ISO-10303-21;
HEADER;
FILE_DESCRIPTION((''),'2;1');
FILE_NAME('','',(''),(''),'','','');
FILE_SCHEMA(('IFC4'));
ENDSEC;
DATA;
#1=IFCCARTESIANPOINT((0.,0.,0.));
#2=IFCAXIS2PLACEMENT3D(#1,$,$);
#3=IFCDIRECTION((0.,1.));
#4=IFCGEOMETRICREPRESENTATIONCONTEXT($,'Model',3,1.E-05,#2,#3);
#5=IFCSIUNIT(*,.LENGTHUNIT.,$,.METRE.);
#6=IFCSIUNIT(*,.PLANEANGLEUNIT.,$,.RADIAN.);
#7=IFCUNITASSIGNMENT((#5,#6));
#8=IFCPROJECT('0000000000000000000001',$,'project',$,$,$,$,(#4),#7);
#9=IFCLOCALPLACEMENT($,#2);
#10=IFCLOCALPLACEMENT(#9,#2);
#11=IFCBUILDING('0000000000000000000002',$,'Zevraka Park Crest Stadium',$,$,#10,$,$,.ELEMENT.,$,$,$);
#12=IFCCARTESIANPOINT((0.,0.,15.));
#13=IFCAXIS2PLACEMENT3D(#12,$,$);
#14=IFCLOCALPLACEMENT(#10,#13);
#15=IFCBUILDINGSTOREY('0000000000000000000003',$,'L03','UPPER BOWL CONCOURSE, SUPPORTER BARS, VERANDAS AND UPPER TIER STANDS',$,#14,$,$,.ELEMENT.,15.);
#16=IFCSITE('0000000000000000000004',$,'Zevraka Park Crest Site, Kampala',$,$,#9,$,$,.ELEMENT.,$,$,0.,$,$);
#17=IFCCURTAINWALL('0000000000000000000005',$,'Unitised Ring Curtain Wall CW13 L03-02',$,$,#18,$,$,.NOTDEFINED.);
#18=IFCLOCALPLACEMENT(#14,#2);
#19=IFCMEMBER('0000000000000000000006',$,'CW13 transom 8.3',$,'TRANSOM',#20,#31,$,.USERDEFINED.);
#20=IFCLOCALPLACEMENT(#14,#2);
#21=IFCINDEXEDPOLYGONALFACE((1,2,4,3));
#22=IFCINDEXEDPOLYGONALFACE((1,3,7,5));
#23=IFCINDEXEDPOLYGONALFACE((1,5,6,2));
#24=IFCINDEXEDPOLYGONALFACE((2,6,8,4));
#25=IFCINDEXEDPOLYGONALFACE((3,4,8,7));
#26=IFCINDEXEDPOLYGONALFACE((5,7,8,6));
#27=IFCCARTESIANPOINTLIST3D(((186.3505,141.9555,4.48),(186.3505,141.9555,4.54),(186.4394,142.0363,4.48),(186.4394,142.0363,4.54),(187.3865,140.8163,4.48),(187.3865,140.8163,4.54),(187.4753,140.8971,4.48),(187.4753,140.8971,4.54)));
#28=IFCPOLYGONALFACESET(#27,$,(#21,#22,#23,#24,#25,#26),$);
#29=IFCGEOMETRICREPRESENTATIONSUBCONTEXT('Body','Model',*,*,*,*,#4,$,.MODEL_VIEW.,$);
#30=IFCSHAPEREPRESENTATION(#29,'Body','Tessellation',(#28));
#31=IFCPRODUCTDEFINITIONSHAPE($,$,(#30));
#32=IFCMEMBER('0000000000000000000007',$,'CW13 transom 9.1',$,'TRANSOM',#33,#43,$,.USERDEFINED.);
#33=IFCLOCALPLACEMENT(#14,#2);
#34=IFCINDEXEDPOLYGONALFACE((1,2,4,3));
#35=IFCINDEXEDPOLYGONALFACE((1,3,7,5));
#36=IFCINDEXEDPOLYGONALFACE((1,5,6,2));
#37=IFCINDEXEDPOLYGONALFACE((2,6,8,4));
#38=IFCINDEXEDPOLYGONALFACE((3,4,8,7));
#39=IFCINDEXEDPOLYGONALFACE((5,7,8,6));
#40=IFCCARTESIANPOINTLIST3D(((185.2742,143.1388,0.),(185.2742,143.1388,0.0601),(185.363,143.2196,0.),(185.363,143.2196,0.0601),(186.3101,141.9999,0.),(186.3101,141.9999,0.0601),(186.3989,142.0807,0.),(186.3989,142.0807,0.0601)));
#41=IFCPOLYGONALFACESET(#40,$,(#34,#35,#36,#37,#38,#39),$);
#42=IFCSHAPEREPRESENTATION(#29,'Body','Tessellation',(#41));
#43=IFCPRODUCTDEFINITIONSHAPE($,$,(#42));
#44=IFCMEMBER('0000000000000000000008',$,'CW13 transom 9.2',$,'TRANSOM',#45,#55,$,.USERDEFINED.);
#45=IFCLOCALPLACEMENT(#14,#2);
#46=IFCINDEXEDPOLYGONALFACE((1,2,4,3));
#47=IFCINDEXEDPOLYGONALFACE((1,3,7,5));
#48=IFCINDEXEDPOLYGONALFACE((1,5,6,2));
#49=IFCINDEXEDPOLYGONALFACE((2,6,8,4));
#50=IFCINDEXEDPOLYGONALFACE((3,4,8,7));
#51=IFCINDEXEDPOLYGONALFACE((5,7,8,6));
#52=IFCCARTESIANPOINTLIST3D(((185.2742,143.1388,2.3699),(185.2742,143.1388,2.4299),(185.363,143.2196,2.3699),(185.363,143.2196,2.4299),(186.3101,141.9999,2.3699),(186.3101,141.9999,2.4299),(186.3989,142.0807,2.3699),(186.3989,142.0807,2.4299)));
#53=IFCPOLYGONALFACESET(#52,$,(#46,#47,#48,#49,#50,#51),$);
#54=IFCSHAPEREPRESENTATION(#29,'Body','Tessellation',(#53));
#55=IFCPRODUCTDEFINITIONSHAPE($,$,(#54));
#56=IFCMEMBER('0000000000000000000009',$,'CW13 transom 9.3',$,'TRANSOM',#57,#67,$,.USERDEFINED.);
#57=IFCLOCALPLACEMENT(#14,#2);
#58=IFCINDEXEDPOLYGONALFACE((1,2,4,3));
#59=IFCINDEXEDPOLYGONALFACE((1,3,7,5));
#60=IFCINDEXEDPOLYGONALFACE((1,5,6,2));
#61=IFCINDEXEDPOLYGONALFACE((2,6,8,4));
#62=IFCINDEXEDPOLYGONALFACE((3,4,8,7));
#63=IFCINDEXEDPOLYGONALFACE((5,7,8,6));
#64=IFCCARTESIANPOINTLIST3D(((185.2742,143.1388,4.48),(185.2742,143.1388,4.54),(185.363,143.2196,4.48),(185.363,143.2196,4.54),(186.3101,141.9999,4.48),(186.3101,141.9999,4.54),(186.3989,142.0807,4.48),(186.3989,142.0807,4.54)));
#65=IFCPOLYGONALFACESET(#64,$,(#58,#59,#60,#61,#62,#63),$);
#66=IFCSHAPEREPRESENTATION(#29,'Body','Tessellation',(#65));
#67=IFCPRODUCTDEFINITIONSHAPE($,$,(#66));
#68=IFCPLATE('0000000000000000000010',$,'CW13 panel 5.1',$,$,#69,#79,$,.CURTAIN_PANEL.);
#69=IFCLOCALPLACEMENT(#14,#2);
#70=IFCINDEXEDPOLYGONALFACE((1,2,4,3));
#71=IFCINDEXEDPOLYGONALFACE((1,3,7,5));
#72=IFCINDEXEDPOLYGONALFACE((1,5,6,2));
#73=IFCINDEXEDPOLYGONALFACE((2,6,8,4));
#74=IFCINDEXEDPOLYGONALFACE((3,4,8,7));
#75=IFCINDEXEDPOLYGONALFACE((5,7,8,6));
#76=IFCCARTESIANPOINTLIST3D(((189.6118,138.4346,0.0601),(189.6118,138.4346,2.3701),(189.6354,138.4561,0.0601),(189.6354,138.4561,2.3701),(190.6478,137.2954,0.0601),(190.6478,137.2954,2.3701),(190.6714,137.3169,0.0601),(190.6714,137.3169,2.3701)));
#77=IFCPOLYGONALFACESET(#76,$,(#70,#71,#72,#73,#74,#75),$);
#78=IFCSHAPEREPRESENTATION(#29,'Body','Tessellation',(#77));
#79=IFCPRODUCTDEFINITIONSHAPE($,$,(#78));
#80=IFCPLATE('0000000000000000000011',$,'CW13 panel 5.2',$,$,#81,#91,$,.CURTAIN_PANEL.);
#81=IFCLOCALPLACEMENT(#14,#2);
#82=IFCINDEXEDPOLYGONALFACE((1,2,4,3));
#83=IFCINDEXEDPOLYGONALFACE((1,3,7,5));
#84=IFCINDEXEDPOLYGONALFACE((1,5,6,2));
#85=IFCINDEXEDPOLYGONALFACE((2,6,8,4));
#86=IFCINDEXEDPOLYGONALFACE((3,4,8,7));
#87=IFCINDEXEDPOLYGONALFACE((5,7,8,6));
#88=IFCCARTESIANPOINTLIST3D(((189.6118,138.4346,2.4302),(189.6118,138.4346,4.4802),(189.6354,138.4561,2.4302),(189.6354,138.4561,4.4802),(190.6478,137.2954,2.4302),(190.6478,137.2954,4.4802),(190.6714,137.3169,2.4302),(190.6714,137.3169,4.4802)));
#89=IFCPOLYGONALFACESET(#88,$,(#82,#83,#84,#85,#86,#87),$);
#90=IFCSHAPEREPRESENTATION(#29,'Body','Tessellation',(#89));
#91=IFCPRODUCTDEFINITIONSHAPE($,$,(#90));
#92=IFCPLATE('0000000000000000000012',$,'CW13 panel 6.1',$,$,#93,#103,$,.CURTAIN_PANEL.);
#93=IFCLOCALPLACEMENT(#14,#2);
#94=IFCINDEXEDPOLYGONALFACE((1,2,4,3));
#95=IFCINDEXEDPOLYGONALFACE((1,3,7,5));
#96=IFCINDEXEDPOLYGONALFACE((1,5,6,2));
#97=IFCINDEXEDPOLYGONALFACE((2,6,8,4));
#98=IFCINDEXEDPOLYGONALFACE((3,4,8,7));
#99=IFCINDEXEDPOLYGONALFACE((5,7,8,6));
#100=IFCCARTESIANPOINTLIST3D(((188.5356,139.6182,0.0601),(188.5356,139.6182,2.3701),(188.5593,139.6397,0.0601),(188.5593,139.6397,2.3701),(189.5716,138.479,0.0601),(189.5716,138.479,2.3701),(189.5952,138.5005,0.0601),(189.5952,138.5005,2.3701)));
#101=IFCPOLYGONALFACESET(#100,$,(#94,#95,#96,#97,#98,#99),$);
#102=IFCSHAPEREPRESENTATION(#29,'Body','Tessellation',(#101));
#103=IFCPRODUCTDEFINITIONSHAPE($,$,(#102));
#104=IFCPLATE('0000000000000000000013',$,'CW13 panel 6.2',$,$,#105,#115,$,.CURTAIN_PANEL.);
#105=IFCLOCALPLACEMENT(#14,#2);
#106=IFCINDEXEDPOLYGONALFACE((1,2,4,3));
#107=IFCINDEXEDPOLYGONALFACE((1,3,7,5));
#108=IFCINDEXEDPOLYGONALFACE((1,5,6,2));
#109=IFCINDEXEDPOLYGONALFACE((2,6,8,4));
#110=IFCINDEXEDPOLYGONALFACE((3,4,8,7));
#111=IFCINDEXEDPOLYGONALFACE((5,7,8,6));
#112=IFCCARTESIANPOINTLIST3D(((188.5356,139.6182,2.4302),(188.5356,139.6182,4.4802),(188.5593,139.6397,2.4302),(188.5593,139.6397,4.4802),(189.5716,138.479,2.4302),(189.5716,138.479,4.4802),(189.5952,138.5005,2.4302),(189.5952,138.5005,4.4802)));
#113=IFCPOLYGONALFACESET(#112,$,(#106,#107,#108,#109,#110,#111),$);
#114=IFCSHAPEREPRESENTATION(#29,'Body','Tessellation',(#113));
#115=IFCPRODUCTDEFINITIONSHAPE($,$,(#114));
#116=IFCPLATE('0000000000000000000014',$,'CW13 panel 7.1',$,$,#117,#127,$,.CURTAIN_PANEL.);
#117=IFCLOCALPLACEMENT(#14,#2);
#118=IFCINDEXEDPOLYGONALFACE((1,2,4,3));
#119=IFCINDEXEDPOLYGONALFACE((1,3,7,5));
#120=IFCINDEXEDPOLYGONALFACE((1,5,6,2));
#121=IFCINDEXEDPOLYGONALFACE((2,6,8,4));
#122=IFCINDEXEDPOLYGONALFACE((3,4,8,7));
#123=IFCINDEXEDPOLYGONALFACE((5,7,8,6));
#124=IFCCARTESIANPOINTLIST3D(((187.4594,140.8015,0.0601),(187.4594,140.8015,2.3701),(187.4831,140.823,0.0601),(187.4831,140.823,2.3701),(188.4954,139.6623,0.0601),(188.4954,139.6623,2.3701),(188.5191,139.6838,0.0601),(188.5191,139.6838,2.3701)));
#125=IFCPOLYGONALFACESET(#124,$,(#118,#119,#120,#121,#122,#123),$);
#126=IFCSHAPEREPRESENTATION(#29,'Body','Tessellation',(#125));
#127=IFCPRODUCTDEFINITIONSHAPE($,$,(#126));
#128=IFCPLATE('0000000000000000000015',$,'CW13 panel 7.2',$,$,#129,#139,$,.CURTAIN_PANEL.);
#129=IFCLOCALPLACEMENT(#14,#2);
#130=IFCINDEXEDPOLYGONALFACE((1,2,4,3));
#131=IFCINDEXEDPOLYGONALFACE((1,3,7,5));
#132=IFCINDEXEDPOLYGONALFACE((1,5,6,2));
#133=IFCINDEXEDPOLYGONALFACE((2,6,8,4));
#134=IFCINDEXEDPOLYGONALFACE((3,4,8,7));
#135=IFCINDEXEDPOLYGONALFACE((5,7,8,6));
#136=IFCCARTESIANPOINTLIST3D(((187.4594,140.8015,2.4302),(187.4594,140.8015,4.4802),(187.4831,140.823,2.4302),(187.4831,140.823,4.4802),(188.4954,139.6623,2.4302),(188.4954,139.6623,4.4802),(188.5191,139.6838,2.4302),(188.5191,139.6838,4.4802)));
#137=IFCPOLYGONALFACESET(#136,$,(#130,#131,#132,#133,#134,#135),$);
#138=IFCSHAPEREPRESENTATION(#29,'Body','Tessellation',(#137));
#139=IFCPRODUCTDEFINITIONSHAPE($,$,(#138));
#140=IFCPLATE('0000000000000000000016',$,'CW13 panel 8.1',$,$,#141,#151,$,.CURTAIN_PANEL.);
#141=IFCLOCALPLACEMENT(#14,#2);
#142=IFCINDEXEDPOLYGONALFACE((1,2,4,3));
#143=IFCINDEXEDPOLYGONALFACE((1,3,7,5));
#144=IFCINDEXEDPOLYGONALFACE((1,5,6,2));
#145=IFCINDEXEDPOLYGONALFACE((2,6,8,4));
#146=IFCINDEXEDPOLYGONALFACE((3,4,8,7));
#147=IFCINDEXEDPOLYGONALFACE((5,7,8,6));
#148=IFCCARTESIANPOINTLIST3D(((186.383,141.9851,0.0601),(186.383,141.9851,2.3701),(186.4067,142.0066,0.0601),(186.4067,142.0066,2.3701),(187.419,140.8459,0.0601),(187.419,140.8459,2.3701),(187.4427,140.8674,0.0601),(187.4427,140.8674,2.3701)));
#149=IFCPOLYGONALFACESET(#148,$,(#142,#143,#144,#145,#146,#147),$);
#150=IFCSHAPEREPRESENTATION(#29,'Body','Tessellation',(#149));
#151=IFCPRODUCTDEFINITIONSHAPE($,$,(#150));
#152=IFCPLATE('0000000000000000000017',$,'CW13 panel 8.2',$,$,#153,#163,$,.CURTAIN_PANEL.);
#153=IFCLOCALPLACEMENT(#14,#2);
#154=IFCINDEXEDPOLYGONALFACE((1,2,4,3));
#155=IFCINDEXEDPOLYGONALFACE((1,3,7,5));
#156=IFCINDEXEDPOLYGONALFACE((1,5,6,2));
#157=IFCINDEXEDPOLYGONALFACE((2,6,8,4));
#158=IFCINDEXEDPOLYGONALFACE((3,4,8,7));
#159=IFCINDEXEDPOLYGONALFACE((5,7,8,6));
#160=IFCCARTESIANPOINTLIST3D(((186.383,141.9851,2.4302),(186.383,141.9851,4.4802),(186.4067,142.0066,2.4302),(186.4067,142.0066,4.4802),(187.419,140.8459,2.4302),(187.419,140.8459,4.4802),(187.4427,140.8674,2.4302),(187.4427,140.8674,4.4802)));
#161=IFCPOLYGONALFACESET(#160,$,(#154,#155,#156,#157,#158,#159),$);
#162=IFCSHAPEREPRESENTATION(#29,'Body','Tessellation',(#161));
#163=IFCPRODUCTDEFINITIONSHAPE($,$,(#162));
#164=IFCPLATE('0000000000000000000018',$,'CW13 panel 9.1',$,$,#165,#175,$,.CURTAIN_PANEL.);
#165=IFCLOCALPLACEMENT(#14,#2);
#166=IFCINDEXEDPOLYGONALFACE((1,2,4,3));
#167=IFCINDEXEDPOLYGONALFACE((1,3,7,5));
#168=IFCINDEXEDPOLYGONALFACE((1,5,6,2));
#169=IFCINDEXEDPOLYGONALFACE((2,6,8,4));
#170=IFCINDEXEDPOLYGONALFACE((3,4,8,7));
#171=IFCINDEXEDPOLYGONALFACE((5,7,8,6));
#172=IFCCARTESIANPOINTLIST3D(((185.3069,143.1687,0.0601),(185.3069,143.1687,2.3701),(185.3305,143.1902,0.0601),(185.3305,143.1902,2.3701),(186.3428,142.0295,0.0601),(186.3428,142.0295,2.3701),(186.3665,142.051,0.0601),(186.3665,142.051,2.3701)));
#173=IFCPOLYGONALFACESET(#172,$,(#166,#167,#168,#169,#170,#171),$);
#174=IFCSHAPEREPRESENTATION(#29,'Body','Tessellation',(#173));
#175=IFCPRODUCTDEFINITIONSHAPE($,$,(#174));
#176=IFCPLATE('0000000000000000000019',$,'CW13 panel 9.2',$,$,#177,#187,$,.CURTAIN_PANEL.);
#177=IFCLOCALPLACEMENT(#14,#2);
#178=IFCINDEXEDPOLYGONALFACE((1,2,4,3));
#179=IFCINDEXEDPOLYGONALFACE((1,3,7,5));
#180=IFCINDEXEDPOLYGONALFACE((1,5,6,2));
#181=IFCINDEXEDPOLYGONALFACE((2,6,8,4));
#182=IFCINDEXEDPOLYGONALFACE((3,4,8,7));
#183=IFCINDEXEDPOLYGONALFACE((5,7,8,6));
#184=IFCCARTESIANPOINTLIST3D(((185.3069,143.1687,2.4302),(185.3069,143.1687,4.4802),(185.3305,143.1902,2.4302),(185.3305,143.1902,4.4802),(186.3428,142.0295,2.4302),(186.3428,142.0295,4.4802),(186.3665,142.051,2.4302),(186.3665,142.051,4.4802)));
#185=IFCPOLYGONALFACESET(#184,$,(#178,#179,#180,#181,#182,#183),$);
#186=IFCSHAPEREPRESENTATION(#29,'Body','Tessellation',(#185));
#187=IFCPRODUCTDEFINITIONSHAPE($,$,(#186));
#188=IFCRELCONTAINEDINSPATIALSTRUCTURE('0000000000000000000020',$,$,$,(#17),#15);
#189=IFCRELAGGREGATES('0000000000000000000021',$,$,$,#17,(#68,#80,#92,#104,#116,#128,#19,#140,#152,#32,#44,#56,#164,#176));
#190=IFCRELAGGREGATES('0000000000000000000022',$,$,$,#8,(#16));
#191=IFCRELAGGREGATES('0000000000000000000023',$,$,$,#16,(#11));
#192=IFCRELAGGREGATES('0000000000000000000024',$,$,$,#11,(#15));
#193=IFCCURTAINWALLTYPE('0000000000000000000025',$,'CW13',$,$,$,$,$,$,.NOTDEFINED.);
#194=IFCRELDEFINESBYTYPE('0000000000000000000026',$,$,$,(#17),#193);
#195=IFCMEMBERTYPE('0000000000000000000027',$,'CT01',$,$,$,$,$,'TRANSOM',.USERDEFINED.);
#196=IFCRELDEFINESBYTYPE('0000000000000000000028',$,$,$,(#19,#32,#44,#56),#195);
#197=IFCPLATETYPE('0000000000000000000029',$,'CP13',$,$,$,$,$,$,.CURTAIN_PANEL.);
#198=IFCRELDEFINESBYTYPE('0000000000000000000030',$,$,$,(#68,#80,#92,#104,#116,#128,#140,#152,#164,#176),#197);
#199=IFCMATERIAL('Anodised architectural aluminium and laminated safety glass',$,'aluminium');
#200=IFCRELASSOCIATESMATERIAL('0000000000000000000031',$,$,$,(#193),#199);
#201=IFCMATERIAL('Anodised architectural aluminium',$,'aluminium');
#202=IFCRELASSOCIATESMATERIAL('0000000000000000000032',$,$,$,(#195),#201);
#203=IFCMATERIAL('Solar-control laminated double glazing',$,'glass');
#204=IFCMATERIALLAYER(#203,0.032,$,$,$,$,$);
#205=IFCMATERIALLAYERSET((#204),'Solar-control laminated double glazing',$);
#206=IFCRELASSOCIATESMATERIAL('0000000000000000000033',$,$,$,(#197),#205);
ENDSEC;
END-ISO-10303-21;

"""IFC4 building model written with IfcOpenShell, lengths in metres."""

from ifc_helpers import new_model, si_unit, direction, frame, origin, origin_2d, place, context, subcontext, project, spatial, rectangle, extrude, material, layer, layer_set, material_profile, profile_set, type_object, element, aggregate, save


model = new_model("IFC4")

# Units and contexts
model_context = context("Model", 3, precision=1e-05, world=origin(), true_north=direction((0.0, 1.0)))
body_context = subcontext(model_context, "Body", "Model", "MODEL_VIEW")
ifc_project = project(units=[si_unit("LENGTHUNIT", "METRE"), si_unit("PLANEANGLEUNIT", "RADIAN")], contexts=[model_context])

# Site, building, storey
site_placement = place(None, origin())
site = spatial("IfcSite", under=ifc_project, at=site_placement, Name="Zevraka Park Crest Site, Kampala", CompositionType="ELEMENT", RefElevation=0.0)
building_placement = place(site_placement, origin())
building = spatial("IfcBuilding", under=site, at=building_placement, Name="Zevraka Park Crest Stadium", CompositionType="ELEMENT")
storey_placement = place(building_placement, frame((0.0, 0.0, 15.0)))
storey = spatial("IfcBuildingStorey", under=building, at=storey_placement, Name="L03", Description="UPPER BOWL CONCOURSE, SUPPORTER BARS, VERANDAS AND UPPER TIER STANDS", CompositionType="ELEMENT", Elevation=15.0)

# Curtain wall, members, plates
ifc_material_1 = material(Name="Anodised architectural aluminium and laminated safety glass", Category="aluminium")
curtain_wall_type = type_object("IfcCurtainWallType", Name="CW13", PredefinedType="NOTDEFINED", material=ifc_material_1)
curtain_wall_placement = place(storey_placement, origin())
curtain_wall = element("IfcCurtainWall", 1, at=curtain_wall_placement, inside=storey, type_object=curtain_wall_type, Name="Unitised Ring Curtain Wall CW13 L03-02", PredefinedType="NOTDEFINED")
ifc_material_2 = material(Name="Anodised architectural aluminium", Category="aluminium")
ifc_material_profile_1 = material_profile(ifc_material_2, rectangle(XDim=0.1201, YDim=0.0601, at=origin_2d()), Name="ALU TRANSOM 120x60")
ifc_profile_set_1 = profile_set([ifc_material_profile_1], Name="Anodised architectural aluminium")
member_type_1 = type_object("IfcMemberType", Name="CT01", ElementType="TRANSOM", PredefinedType="USERDEFINED", material=ifc_profile_set_1)
member_1_placement = place(storey_placement, frame((187.4309, 140.8567, 4.51), z_axis=(-0.672775, 0.739847, 0.0), x_axis=(-0.739847, -0.672775, 0.0)))
member_1 = element("IfcMember", 2, at=member_1_placement, type_object=member_type_1, Name="CW13 transom 8.3", ObjectType="TRANSOM", PredefinedType="USERDEFINED", context=body_context, shape_type="SweptSolid", body=[
    extrude(rectangle(XDim=0.1201, YDim=0.0601, at=origin_2d()), origin(), (0.0, 0.0, 1.0), 1.5398),
])
member_2_placement = place(storey_placement, frame((186.3545, 142.0403, 0.03), z_axis=(-0.672854, 0.739775, 0.0), x_axis=(-0.739775, -0.672854, 0.0)))
member_2 = element("IfcMember", 3, at=member_2_placement, type_object=member_type_1, Name="CW13 transom 9.1", ObjectType="TRANSOM", PredefinedType="USERDEFINED", context=body_context, shape_type="SweptSolid", body=[
    extrude(rectangle(XDim=0.1201, YDim=0.0601, at=origin_2d()), origin(), (0.0, 0.0, 1.0), 1.5396),
])
member_3_placement = place(storey_placement, frame((186.3545, 142.0403, 2.3999), z_axis=(-0.672854, 0.739775, 0.0), x_axis=(-0.739775, -0.672854, 0.0)))
member_3 = element("IfcMember", 4, at=member_3_placement, type_object=member_type_1, Name="CW13 transom 9.2", ObjectType="TRANSOM", PredefinedType="USERDEFINED", context=body_context, shape_type="SweptSolid", body=[
    extrude(rectangle(XDim=0.1201, YDim=0.0601, at=origin_2d()), origin(), (0.0, 0.0, 1.0), 1.5396),
])
member_4_placement = place(storey_placement, frame((186.3545, 142.0403, 4.51), z_axis=(-0.672854, 0.739775, 0.0), x_axis=(-0.739775, -0.672854, 0.0)))
member_4 = element("IfcMember", 5, at=member_4_placement, type_object=member_type_1, Name="CW13 transom 9.3", ObjectType="TRANSOM", PredefinedType="USERDEFINED", context=body_context, shape_type="SweptSolid", body=[
    extrude(rectangle(XDim=0.1201, YDim=0.0601, at=origin_2d()), origin(), (0.0, 0.0, 1.0), 1.5396),
])
ifc_material_3 = material(Name="Solar-control laminated double glazing", Category="glass")
ifc_layer_1 = layer(ifc_material_3, 0.032)
ifc_layer_set_1 = layer_set([ifc_layer_1], Name="Solar-control laminated double glazing")
plate_type = type_object("IfcPlateType", Name="CP13", PredefinedType="CURTAIN_PANEL", material=ifc_layer_set_1)
plate_1_placement = place(storey_placement, frame((190.1416, 137.8757, 0.0601), z_axis=(0.0, 0.0, 1.0), x_axis=(-0.672802, 0.739823, 0.0)))
plate_1 = element("IfcPlate", 6, at=plate_1_placement, type_object=plate_type, Name="CW13 panel 5.1", PredefinedType="CURTAIN_PANEL", context=body_context, shape_type="SweptSolid", body=[
    extrude(rectangle(XDim=1.5398, YDim=0.032, at=origin_2d()), origin(), (0.0, 0.0, 1.0), 2.3101),
])
plate_2_placement = place(storey_placement, frame((190.1416, 137.8757, 2.4302), z_axis=(0.0, 0.0, 1.0), x_axis=(-0.672802, 0.739823, 0.0)))
plate_2 = element("IfcPlate", 7, at=plate_2_placement, type_object=plate_type, Name="CW13 panel 5.2", PredefinedType="CURTAIN_PANEL", context=body_context, shape_type="SweptSolid", body=[
    extrude(rectangle(XDim=1.5398, YDim=0.032, at=origin_2d()), origin(), (0.0, 0.0, 1.0), 2.05),
])
plate_3_placement = place(storey_placement, frame((189.0654, 139.0593, 0.0601), z_axis=(0.0, 0.0, 1.0), x_axis=(-0.672802, 0.739823, 0.0)))
plate_3 = element("IfcPlate", 8, at=plate_3_placement, type_object=plate_type, Name="CW13 panel 6.1", PredefinedType="CURTAIN_PANEL", context=body_context, shape_type="SweptSolid", body=[
    extrude(rectangle(XDim=1.5398, YDim=0.032, at=origin_2d()), origin(), (0.0, 0.0, 1.0), 2.3101),
])
plate_4_placement = place(storey_placement, frame((189.0654, 139.0593, 2.4302), z_axis=(0.0, 0.0, 1.0), x_axis=(-0.672802, 0.739823, 0.0)))
plate_4 = element("IfcPlate", 9, at=plate_4_placement, type_object=plate_type, Name="CW13 panel 6.2", PredefinedType="CURTAIN_PANEL", context=body_context, shape_type="SweptSolid", body=[
    extrude(rectangle(XDim=1.5398, YDim=0.032, at=origin_2d()), origin(), (0.0, 0.0, 1.0), 2.05),
])
plate_5_placement = place(storey_placement, frame((187.9893, 140.2427, 0.0601), z_axis=(0.0, 0.0, 1.0), x_axis=(-0.672802, 0.739823, 0.0)))
plate_5 = element("IfcPlate", 10, at=plate_5_placement, type_object=plate_type, Name="CW13 panel 7.1", PredefinedType="CURTAIN_PANEL", context=body_context, shape_type="SweptSolid", body=[
    extrude(rectangle(XDim=1.5398, YDim=0.032, at=origin_2d()), origin(), (0.0, 0.0, 1.0), 2.3101),
])
plate_6_placement = place(storey_placement, frame((187.9893, 140.2427, 2.4302), z_axis=(0.0, 0.0, 1.0), x_axis=(-0.672802, 0.739823, 0.0)))
plate_6 = element("IfcPlate", 11, at=plate_6_placement, type_object=plate_type, Name="CW13 panel 7.2", PredefinedType="CURTAIN_PANEL", context=body_context, shape_type="SweptSolid", body=[
    extrude(rectangle(XDim=1.5398, YDim=0.032, at=origin_2d()), origin(), (0.0, 0.0, 1.0), 2.05),
])
plate_7_placement = place(storey_placement, frame((186.9128, 141.4263, 0.0601), z_axis=(0.0, 0.0, 1.0), x_axis=(-0.672802, 0.739823, 0.0)))
plate_7 = element("IfcPlate", 12, at=plate_7_placement, type_object=plate_type, Name="CW13 panel 8.1", PredefinedType="CURTAIN_PANEL", context=body_context, shape_type="SweptSolid", body=[
    extrude(rectangle(XDim=1.5398, YDim=0.032, at=origin_2d()), origin(), (0.0, 0.0, 1.0), 2.3101),
])
plate_8_placement = place(storey_placement, frame((186.9128, 141.4263, 2.4302), z_axis=(0.0, 0.0, 1.0), x_axis=(-0.672802, 0.739823, 0.0)))
plate_8 = element("IfcPlate", 13, at=plate_8_placement, type_object=plate_type, Name="CW13 panel 8.2", PredefinedType="CURTAIN_PANEL", context=body_context, shape_type="SweptSolid", body=[
    extrude(rectangle(XDim=1.5398, YDim=0.032, at=origin_2d()), origin(), (0.0, 0.0, 1.0), 2.05),
])
plate_9_placement = place(storey_placement, frame((185.8367, 142.6099, 0.0601), z_axis=(0.0, 0.0, 1.0), x_axis=(-0.672802, 0.739823, 0.0)))
plate_9 = element("IfcPlate", 14, at=plate_9_placement, type_object=plate_type, Name="CW13 panel 9.1", PredefinedType="CURTAIN_PANEL", context=body_context, shape_type="SweptSolid", body=[
    extrude(rectangle(XDim=1.5398, YDim=0.032, at=origin_2d()), origin(), (0.0, 0.0, 1.0), 2.3101),
])
plate_10_placement = place(storey_placement, frame((185.8367, 142.6099, 2.4302), z_axis=(0.0, 0.0, 1.0), x_axis=(-0.672802, 0.739823, 0.0)))
plate_10 = element("IfcPlate", 15, at=plate_10_placement, type_object=plate_type, Name="CW13 panel 9.2", PredefinedType="CURTAIN_PANEL", context=body_context, shape_type="SweptSolid", body=[
    extrude(rectangle(XDim=1.5398, YDim=0.032, at=origin_2d()), origin(), (0.0, 0.0, 1.0), 2.05),
])
aggregate(curtain_wall, [plate_1, plate_2, plate_3, plate_4, plate_5, plate_6, member_1, plate_7, plate_8, member_2, member_3, member_4, plate_9, plate_10])

save(model, "model.ifc")
